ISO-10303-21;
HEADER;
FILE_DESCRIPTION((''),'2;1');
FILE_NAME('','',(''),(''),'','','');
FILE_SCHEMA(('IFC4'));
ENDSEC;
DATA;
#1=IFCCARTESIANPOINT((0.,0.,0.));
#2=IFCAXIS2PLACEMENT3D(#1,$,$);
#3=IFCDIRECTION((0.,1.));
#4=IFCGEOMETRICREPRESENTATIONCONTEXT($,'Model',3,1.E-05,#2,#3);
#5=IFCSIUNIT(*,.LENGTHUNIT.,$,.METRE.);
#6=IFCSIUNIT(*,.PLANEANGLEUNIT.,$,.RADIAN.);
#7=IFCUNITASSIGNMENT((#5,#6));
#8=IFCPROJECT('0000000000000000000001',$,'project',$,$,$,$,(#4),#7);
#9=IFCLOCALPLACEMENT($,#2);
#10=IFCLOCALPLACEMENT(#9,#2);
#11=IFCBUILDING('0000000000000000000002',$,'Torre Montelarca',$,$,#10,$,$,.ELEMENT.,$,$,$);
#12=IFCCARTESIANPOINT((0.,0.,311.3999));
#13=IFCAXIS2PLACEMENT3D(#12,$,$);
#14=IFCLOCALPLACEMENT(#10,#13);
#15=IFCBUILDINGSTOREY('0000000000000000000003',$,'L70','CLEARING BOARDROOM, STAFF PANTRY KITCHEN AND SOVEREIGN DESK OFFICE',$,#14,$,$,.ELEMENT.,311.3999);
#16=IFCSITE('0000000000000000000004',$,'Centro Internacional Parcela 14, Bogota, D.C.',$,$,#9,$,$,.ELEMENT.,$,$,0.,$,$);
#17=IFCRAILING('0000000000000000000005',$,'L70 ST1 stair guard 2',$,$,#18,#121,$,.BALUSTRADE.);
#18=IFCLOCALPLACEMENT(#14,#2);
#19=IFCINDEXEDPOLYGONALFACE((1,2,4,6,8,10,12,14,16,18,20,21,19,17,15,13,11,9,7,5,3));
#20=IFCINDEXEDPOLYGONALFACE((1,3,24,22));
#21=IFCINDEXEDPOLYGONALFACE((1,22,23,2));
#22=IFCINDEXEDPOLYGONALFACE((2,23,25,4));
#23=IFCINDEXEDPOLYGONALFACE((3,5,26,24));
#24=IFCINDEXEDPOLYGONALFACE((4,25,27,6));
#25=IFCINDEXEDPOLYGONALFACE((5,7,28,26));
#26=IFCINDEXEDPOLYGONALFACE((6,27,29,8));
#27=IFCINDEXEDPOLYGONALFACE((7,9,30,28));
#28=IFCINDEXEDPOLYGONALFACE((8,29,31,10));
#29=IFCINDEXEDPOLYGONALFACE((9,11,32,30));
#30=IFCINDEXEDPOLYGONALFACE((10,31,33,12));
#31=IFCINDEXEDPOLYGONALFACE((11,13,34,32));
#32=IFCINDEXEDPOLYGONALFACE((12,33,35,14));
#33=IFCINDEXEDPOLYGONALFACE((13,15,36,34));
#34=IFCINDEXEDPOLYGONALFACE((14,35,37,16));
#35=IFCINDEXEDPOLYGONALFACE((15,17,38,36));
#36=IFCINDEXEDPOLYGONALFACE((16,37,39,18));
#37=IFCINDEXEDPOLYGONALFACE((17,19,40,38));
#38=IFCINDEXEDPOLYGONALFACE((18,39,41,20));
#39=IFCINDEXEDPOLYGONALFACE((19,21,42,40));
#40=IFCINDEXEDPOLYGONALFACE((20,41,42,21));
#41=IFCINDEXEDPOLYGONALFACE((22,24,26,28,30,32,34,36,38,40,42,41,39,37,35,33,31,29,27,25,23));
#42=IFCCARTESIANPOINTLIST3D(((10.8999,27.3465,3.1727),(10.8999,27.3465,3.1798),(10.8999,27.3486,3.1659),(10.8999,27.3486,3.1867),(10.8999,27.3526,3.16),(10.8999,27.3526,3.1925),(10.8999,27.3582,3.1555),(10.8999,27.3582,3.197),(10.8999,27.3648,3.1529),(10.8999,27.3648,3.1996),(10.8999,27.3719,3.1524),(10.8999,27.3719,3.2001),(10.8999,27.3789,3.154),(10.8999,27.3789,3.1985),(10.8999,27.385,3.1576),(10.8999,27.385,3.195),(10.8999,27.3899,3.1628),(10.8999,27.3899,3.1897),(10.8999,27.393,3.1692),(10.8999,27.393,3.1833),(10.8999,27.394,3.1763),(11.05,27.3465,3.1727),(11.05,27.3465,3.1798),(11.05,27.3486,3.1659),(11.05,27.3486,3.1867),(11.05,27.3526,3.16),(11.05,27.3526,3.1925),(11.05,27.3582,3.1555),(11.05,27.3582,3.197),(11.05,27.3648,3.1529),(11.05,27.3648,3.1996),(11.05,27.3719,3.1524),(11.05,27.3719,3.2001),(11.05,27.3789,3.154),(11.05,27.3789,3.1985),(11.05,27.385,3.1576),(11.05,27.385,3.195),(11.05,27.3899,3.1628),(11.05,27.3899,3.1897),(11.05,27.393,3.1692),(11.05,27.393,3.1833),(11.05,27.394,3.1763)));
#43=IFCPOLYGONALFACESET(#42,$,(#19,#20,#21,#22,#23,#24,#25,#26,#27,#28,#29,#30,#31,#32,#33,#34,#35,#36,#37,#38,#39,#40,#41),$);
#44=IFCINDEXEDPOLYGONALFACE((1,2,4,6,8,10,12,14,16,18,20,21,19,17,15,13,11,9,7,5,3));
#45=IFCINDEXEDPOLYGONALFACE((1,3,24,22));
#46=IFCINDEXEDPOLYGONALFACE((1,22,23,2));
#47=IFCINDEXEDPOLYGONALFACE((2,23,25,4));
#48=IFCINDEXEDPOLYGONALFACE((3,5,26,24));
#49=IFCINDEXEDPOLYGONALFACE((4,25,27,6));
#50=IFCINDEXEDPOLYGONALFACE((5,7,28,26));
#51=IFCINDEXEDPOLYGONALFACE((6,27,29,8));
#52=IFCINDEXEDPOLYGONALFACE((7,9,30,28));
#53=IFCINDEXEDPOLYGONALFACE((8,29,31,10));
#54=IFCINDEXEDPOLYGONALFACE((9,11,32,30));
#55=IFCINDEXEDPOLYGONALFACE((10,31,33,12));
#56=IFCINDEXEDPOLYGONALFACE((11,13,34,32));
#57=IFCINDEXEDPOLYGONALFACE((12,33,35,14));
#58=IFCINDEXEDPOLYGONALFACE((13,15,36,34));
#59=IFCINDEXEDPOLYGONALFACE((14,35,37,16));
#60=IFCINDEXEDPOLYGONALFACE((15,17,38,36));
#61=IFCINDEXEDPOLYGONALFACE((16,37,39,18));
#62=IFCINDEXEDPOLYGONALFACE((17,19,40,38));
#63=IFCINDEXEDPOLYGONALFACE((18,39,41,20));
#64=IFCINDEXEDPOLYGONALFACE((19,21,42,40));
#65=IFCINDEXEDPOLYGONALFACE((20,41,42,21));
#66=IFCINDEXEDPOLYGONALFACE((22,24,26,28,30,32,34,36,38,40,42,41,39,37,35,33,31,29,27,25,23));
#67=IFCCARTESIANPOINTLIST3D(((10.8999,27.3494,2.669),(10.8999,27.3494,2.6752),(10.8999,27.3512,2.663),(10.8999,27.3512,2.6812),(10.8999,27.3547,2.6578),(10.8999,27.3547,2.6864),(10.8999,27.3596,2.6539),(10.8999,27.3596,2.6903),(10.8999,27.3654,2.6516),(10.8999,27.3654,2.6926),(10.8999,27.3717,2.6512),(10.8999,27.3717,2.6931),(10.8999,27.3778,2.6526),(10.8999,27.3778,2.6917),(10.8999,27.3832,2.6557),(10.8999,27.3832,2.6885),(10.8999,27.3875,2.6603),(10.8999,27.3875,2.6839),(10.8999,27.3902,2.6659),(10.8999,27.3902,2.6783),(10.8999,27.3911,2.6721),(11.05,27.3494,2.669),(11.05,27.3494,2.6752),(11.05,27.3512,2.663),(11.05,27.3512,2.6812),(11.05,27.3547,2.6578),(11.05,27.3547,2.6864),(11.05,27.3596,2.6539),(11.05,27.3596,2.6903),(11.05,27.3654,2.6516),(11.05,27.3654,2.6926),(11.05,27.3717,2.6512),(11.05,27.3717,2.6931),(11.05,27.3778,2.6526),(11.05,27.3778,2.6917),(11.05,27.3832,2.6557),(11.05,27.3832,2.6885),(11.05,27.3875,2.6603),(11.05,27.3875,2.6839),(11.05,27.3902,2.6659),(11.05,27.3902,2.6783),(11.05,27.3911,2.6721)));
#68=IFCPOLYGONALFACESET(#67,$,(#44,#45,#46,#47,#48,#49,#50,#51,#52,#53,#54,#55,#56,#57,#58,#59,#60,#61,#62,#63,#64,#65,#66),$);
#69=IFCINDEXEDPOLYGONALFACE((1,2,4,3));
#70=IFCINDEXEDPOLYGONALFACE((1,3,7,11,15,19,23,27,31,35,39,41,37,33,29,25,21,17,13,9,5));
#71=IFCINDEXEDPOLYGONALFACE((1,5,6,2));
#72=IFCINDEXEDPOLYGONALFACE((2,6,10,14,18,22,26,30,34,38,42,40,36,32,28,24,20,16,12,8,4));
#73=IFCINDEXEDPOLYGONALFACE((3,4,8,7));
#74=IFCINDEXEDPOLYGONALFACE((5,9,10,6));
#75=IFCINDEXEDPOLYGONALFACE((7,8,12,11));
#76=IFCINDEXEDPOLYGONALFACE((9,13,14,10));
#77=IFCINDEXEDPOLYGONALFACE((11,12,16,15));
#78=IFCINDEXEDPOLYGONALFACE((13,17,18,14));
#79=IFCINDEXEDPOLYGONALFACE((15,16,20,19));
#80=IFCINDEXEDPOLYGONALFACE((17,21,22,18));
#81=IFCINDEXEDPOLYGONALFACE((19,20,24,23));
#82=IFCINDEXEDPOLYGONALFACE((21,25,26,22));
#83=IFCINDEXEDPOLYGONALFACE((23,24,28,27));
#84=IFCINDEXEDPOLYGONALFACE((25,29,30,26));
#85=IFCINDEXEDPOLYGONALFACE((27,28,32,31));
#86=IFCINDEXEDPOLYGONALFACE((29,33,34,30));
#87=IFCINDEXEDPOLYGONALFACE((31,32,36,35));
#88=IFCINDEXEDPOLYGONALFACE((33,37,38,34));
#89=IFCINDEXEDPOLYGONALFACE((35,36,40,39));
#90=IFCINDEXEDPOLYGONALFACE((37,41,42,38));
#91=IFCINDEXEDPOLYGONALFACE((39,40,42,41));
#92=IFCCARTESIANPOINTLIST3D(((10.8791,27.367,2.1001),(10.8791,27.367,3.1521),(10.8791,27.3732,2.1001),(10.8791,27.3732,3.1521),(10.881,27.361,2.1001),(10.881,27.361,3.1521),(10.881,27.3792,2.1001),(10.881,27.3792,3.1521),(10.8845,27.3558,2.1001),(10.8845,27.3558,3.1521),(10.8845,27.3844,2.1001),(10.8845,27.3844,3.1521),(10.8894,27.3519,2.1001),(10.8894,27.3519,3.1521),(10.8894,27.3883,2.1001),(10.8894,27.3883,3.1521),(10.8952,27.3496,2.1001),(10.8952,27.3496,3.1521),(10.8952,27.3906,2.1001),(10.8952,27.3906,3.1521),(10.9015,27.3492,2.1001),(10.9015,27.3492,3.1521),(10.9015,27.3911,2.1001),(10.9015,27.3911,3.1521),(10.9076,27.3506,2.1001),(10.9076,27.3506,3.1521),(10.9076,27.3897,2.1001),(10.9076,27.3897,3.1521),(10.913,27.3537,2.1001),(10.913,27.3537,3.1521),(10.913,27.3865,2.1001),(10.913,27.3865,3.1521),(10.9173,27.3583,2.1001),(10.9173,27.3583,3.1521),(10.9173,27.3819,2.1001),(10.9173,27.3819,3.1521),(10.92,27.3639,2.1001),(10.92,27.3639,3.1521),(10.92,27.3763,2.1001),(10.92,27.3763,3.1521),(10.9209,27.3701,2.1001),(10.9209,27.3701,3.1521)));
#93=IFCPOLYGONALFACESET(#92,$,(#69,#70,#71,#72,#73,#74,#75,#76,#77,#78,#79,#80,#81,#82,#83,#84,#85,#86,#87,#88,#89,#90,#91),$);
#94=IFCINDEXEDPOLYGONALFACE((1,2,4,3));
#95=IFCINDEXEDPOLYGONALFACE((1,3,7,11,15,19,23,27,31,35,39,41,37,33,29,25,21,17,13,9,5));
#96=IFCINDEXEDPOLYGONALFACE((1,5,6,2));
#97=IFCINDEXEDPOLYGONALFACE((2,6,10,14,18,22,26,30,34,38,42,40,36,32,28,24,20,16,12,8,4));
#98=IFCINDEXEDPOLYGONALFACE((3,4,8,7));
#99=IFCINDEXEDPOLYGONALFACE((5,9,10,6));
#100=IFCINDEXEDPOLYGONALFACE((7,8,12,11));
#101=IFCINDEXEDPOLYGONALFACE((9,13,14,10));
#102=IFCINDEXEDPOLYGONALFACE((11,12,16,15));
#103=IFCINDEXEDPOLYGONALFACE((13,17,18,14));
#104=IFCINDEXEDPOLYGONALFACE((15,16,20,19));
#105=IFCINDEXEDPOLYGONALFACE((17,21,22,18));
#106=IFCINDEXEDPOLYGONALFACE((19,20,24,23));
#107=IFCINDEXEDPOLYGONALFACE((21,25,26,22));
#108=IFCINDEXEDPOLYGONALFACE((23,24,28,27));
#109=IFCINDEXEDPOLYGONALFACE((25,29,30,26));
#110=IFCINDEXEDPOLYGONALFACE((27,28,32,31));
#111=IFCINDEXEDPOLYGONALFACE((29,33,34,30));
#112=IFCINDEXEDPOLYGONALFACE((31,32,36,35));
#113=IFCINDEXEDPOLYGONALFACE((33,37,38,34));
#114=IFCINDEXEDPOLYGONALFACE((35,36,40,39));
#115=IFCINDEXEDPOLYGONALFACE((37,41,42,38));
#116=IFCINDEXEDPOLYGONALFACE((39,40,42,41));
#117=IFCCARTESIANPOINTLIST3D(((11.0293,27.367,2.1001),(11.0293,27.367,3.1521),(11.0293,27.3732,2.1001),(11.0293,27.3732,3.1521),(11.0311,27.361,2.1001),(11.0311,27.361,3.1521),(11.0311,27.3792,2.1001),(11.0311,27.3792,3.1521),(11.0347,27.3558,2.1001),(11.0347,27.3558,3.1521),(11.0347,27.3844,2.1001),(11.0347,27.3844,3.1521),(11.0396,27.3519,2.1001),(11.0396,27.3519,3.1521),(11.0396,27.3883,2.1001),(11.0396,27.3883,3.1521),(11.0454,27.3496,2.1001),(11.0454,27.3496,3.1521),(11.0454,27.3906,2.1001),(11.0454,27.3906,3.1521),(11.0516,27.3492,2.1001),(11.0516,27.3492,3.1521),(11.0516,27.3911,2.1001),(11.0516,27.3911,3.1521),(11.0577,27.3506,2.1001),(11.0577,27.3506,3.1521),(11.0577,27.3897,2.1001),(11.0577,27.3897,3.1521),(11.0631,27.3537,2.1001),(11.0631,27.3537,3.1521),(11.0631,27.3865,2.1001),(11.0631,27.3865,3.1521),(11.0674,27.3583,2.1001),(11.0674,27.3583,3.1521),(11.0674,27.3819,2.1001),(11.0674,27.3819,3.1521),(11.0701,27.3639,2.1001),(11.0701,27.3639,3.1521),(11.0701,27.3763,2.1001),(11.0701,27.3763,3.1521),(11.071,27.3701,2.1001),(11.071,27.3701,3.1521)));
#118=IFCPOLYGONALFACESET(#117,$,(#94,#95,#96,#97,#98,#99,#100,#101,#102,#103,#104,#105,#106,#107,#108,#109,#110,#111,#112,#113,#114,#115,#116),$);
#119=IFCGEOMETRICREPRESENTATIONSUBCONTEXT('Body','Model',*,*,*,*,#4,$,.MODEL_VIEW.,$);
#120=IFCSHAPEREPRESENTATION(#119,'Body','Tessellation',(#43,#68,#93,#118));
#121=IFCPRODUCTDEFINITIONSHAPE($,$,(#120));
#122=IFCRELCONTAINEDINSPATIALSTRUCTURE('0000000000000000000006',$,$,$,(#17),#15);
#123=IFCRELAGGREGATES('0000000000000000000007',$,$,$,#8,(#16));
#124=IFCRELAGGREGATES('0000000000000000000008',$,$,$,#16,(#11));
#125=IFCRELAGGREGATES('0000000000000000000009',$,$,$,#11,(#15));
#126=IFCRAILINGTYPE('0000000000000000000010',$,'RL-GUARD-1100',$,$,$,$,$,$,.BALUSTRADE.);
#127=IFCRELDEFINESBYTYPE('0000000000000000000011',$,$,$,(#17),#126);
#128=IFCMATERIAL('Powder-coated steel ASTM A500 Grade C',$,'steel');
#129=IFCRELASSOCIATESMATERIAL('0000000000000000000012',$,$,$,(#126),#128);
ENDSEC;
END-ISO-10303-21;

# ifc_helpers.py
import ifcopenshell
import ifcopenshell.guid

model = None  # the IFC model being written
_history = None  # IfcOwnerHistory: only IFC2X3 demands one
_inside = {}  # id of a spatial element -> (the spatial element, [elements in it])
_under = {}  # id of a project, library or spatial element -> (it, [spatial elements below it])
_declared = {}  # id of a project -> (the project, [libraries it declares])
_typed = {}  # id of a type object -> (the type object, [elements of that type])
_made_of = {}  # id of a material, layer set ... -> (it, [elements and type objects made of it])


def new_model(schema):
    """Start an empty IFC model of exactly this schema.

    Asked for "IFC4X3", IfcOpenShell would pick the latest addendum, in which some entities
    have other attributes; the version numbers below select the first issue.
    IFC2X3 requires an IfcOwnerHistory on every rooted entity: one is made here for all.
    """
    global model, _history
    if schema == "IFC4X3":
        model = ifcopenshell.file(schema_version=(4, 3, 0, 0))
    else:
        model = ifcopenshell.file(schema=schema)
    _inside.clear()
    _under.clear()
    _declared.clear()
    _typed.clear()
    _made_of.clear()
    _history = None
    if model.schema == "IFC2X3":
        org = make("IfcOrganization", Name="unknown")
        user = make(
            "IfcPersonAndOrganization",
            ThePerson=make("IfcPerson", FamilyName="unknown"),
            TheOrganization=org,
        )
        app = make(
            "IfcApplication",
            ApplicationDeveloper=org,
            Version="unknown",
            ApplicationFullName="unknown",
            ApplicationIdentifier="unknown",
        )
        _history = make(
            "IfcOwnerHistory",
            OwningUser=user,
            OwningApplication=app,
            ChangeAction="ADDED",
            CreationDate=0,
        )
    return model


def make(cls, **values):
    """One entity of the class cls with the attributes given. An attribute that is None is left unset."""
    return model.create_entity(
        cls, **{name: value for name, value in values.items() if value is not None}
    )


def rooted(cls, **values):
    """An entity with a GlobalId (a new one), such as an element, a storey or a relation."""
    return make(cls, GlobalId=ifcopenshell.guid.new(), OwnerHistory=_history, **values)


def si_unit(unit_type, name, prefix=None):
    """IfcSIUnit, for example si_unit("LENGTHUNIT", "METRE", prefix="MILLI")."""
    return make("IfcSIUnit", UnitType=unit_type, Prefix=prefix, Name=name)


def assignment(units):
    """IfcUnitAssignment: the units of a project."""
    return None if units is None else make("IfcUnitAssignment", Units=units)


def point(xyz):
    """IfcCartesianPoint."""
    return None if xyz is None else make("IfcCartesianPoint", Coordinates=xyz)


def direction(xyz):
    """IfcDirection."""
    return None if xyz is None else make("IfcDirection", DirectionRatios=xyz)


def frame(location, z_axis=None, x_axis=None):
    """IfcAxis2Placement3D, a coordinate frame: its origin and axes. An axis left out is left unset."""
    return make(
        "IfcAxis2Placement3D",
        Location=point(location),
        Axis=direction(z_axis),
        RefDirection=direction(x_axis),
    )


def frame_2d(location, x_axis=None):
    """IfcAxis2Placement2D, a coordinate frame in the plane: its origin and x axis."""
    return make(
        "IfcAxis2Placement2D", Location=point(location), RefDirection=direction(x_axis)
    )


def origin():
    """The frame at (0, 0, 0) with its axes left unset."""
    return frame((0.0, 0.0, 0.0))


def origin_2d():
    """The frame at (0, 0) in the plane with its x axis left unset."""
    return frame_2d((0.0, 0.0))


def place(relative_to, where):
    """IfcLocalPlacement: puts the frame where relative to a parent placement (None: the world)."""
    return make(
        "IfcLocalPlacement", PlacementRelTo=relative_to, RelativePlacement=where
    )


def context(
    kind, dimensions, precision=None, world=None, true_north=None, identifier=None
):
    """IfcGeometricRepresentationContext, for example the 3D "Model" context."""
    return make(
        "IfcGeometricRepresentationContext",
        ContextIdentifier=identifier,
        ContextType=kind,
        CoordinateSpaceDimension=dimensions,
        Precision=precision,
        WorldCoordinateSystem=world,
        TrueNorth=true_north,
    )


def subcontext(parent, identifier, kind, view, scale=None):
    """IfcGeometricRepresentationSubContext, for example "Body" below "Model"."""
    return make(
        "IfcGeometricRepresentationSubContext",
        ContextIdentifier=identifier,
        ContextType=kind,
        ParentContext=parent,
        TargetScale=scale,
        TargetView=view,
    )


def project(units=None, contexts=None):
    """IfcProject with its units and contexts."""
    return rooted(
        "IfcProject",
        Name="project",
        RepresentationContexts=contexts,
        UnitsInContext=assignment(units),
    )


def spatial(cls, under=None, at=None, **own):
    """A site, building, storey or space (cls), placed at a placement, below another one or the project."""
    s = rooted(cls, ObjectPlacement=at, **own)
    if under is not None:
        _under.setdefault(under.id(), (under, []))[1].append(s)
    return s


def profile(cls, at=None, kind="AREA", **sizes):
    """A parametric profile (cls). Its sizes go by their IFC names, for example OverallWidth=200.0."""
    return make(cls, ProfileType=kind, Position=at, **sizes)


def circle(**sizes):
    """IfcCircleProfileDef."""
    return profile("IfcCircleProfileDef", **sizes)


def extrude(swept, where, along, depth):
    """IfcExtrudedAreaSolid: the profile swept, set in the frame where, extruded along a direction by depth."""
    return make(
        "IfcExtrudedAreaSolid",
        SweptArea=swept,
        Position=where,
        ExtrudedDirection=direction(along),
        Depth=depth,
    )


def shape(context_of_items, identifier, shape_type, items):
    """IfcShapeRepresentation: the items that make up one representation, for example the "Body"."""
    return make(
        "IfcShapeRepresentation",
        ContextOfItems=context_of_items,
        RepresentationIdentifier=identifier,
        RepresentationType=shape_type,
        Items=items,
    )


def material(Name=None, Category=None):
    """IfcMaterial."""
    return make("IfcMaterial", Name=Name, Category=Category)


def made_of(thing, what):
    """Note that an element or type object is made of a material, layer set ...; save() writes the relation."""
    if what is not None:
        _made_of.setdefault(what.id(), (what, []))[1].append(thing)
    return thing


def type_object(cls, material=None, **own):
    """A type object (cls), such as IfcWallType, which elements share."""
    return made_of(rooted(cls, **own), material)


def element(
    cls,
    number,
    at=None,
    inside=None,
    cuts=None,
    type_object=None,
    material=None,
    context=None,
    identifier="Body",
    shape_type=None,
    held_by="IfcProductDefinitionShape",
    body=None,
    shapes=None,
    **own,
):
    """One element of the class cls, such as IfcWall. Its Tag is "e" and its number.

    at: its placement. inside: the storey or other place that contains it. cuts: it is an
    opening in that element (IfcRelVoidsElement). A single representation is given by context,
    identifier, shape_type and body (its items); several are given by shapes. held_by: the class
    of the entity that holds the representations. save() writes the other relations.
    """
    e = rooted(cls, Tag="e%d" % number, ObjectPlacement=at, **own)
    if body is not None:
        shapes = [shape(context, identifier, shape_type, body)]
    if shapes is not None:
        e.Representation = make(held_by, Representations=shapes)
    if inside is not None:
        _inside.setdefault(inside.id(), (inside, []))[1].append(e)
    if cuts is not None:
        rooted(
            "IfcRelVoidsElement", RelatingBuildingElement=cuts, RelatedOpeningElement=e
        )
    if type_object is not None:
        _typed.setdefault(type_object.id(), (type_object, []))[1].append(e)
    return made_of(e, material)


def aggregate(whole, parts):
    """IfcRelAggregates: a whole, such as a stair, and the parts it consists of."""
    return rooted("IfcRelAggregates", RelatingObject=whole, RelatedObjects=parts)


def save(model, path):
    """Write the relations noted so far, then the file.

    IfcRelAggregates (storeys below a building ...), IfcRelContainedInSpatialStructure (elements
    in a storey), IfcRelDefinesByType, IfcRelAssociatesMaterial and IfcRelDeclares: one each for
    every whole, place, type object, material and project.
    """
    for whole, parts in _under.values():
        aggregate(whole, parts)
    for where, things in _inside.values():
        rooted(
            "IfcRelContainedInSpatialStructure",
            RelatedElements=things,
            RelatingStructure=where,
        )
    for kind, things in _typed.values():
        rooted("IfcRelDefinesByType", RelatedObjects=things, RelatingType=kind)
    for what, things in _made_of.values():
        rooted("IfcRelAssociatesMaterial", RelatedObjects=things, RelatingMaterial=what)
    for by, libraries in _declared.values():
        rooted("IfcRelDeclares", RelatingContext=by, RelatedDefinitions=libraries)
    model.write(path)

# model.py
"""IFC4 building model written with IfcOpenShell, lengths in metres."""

from ifc_helpers import new_model, si_unit, direction, frame, origin, origin_2d, place, context, subcontext, project, spatial, circle, extrude, material, type_object, element, save


model = new_model("IFC4")

# Units and contexts
model_context = context("Model", 3, precision=1e-05, world=origin(), true_north=direction((0.0, 1.0)))
body_context = subcontext(model_context, "Body", "Model", "MODEL_VIEW")
ifc_project = project(units=[si_unit("LENGTHUNIT", "METRE"), si_unit("PLANEANGLEUNIT", "RADIAN")], contexts=[model_context])

# Site, building, storey
site_placement = place(None, origin())
site = spatial("IfcSite", under=ifc_project, at=site_placement, Name="Centro Internacional Parcela 14, Bogota, D.C.", CompositionType="ELEMENT", RefElevation=0.0)
building_placement = place(site_placement, origin())
building = spatial("IfcBuilding", under=site, at=building_placement, Name="Torre Montelarca", CompositionType="ELEMENT")
storey_placement = place(building_placement, frame((0.0, 0.0, 311.3999)))
storey = spatial("IfcBuildingStorey", under=building, at=storey_placement, Name="L70", Description="CLEARING BOARDROOM, STAFF PANTRY KITCHEN AND SOVEREIGN DESK OFFICE", CompositionType="ELEMENT", Elevation=311.3999)

# Railing
ifc_material_1 = material(Name="Powder-coated steel ASTM A500 Grade C", Category="steel")
railing_type_1 = type_object("IfcRailingType", Name="RL-GUARD-1100", PredefinedType="BALUSTRADE", material=ifc_material_1)
railing_1_placement = place(storey_placement, frame((10.8999, 27.3701, 2.1001)))
element("IfcRailing", 1, at=railing_1_placement, inside=storey, type_object=railing_type_1, Name="L70 ST1 stair guard 2", PredefinedType="BALUSTRADE", context=body_context, shape_type="SweptSolid", body=[
    extrude(circle(Radius=0.0239, at=origin_2d()), frame((0.0, 0.0, 1.0762), z_axis=(1.0, 0.0, 0.0), x_axis=(0.0, 1.0, 0.0)), (0.0, 0.0, 1.0), 0.1501),
    extrude(circle(Radius=0.021, at=origin_2d()), frame((0.0, 0.0, 0.572), z_axis=(1.0, 0.0, 0.0), x_axis=(0.0, 1.0, 0.0)), (0.0, 0.0, 1.0), 0.1501),
    extrude(circle(Radius=0.021, at=origin_2d()), origin(), (0.0, 0.0, 1.0), 1.052),
    extrude(circle(Radius=0.021, at=origin_2d()), frame((0.1501, 0.0, 0.0)), (0.0, 0.0, 1.0), 1.052),
])

save(model, "model.ifc")
